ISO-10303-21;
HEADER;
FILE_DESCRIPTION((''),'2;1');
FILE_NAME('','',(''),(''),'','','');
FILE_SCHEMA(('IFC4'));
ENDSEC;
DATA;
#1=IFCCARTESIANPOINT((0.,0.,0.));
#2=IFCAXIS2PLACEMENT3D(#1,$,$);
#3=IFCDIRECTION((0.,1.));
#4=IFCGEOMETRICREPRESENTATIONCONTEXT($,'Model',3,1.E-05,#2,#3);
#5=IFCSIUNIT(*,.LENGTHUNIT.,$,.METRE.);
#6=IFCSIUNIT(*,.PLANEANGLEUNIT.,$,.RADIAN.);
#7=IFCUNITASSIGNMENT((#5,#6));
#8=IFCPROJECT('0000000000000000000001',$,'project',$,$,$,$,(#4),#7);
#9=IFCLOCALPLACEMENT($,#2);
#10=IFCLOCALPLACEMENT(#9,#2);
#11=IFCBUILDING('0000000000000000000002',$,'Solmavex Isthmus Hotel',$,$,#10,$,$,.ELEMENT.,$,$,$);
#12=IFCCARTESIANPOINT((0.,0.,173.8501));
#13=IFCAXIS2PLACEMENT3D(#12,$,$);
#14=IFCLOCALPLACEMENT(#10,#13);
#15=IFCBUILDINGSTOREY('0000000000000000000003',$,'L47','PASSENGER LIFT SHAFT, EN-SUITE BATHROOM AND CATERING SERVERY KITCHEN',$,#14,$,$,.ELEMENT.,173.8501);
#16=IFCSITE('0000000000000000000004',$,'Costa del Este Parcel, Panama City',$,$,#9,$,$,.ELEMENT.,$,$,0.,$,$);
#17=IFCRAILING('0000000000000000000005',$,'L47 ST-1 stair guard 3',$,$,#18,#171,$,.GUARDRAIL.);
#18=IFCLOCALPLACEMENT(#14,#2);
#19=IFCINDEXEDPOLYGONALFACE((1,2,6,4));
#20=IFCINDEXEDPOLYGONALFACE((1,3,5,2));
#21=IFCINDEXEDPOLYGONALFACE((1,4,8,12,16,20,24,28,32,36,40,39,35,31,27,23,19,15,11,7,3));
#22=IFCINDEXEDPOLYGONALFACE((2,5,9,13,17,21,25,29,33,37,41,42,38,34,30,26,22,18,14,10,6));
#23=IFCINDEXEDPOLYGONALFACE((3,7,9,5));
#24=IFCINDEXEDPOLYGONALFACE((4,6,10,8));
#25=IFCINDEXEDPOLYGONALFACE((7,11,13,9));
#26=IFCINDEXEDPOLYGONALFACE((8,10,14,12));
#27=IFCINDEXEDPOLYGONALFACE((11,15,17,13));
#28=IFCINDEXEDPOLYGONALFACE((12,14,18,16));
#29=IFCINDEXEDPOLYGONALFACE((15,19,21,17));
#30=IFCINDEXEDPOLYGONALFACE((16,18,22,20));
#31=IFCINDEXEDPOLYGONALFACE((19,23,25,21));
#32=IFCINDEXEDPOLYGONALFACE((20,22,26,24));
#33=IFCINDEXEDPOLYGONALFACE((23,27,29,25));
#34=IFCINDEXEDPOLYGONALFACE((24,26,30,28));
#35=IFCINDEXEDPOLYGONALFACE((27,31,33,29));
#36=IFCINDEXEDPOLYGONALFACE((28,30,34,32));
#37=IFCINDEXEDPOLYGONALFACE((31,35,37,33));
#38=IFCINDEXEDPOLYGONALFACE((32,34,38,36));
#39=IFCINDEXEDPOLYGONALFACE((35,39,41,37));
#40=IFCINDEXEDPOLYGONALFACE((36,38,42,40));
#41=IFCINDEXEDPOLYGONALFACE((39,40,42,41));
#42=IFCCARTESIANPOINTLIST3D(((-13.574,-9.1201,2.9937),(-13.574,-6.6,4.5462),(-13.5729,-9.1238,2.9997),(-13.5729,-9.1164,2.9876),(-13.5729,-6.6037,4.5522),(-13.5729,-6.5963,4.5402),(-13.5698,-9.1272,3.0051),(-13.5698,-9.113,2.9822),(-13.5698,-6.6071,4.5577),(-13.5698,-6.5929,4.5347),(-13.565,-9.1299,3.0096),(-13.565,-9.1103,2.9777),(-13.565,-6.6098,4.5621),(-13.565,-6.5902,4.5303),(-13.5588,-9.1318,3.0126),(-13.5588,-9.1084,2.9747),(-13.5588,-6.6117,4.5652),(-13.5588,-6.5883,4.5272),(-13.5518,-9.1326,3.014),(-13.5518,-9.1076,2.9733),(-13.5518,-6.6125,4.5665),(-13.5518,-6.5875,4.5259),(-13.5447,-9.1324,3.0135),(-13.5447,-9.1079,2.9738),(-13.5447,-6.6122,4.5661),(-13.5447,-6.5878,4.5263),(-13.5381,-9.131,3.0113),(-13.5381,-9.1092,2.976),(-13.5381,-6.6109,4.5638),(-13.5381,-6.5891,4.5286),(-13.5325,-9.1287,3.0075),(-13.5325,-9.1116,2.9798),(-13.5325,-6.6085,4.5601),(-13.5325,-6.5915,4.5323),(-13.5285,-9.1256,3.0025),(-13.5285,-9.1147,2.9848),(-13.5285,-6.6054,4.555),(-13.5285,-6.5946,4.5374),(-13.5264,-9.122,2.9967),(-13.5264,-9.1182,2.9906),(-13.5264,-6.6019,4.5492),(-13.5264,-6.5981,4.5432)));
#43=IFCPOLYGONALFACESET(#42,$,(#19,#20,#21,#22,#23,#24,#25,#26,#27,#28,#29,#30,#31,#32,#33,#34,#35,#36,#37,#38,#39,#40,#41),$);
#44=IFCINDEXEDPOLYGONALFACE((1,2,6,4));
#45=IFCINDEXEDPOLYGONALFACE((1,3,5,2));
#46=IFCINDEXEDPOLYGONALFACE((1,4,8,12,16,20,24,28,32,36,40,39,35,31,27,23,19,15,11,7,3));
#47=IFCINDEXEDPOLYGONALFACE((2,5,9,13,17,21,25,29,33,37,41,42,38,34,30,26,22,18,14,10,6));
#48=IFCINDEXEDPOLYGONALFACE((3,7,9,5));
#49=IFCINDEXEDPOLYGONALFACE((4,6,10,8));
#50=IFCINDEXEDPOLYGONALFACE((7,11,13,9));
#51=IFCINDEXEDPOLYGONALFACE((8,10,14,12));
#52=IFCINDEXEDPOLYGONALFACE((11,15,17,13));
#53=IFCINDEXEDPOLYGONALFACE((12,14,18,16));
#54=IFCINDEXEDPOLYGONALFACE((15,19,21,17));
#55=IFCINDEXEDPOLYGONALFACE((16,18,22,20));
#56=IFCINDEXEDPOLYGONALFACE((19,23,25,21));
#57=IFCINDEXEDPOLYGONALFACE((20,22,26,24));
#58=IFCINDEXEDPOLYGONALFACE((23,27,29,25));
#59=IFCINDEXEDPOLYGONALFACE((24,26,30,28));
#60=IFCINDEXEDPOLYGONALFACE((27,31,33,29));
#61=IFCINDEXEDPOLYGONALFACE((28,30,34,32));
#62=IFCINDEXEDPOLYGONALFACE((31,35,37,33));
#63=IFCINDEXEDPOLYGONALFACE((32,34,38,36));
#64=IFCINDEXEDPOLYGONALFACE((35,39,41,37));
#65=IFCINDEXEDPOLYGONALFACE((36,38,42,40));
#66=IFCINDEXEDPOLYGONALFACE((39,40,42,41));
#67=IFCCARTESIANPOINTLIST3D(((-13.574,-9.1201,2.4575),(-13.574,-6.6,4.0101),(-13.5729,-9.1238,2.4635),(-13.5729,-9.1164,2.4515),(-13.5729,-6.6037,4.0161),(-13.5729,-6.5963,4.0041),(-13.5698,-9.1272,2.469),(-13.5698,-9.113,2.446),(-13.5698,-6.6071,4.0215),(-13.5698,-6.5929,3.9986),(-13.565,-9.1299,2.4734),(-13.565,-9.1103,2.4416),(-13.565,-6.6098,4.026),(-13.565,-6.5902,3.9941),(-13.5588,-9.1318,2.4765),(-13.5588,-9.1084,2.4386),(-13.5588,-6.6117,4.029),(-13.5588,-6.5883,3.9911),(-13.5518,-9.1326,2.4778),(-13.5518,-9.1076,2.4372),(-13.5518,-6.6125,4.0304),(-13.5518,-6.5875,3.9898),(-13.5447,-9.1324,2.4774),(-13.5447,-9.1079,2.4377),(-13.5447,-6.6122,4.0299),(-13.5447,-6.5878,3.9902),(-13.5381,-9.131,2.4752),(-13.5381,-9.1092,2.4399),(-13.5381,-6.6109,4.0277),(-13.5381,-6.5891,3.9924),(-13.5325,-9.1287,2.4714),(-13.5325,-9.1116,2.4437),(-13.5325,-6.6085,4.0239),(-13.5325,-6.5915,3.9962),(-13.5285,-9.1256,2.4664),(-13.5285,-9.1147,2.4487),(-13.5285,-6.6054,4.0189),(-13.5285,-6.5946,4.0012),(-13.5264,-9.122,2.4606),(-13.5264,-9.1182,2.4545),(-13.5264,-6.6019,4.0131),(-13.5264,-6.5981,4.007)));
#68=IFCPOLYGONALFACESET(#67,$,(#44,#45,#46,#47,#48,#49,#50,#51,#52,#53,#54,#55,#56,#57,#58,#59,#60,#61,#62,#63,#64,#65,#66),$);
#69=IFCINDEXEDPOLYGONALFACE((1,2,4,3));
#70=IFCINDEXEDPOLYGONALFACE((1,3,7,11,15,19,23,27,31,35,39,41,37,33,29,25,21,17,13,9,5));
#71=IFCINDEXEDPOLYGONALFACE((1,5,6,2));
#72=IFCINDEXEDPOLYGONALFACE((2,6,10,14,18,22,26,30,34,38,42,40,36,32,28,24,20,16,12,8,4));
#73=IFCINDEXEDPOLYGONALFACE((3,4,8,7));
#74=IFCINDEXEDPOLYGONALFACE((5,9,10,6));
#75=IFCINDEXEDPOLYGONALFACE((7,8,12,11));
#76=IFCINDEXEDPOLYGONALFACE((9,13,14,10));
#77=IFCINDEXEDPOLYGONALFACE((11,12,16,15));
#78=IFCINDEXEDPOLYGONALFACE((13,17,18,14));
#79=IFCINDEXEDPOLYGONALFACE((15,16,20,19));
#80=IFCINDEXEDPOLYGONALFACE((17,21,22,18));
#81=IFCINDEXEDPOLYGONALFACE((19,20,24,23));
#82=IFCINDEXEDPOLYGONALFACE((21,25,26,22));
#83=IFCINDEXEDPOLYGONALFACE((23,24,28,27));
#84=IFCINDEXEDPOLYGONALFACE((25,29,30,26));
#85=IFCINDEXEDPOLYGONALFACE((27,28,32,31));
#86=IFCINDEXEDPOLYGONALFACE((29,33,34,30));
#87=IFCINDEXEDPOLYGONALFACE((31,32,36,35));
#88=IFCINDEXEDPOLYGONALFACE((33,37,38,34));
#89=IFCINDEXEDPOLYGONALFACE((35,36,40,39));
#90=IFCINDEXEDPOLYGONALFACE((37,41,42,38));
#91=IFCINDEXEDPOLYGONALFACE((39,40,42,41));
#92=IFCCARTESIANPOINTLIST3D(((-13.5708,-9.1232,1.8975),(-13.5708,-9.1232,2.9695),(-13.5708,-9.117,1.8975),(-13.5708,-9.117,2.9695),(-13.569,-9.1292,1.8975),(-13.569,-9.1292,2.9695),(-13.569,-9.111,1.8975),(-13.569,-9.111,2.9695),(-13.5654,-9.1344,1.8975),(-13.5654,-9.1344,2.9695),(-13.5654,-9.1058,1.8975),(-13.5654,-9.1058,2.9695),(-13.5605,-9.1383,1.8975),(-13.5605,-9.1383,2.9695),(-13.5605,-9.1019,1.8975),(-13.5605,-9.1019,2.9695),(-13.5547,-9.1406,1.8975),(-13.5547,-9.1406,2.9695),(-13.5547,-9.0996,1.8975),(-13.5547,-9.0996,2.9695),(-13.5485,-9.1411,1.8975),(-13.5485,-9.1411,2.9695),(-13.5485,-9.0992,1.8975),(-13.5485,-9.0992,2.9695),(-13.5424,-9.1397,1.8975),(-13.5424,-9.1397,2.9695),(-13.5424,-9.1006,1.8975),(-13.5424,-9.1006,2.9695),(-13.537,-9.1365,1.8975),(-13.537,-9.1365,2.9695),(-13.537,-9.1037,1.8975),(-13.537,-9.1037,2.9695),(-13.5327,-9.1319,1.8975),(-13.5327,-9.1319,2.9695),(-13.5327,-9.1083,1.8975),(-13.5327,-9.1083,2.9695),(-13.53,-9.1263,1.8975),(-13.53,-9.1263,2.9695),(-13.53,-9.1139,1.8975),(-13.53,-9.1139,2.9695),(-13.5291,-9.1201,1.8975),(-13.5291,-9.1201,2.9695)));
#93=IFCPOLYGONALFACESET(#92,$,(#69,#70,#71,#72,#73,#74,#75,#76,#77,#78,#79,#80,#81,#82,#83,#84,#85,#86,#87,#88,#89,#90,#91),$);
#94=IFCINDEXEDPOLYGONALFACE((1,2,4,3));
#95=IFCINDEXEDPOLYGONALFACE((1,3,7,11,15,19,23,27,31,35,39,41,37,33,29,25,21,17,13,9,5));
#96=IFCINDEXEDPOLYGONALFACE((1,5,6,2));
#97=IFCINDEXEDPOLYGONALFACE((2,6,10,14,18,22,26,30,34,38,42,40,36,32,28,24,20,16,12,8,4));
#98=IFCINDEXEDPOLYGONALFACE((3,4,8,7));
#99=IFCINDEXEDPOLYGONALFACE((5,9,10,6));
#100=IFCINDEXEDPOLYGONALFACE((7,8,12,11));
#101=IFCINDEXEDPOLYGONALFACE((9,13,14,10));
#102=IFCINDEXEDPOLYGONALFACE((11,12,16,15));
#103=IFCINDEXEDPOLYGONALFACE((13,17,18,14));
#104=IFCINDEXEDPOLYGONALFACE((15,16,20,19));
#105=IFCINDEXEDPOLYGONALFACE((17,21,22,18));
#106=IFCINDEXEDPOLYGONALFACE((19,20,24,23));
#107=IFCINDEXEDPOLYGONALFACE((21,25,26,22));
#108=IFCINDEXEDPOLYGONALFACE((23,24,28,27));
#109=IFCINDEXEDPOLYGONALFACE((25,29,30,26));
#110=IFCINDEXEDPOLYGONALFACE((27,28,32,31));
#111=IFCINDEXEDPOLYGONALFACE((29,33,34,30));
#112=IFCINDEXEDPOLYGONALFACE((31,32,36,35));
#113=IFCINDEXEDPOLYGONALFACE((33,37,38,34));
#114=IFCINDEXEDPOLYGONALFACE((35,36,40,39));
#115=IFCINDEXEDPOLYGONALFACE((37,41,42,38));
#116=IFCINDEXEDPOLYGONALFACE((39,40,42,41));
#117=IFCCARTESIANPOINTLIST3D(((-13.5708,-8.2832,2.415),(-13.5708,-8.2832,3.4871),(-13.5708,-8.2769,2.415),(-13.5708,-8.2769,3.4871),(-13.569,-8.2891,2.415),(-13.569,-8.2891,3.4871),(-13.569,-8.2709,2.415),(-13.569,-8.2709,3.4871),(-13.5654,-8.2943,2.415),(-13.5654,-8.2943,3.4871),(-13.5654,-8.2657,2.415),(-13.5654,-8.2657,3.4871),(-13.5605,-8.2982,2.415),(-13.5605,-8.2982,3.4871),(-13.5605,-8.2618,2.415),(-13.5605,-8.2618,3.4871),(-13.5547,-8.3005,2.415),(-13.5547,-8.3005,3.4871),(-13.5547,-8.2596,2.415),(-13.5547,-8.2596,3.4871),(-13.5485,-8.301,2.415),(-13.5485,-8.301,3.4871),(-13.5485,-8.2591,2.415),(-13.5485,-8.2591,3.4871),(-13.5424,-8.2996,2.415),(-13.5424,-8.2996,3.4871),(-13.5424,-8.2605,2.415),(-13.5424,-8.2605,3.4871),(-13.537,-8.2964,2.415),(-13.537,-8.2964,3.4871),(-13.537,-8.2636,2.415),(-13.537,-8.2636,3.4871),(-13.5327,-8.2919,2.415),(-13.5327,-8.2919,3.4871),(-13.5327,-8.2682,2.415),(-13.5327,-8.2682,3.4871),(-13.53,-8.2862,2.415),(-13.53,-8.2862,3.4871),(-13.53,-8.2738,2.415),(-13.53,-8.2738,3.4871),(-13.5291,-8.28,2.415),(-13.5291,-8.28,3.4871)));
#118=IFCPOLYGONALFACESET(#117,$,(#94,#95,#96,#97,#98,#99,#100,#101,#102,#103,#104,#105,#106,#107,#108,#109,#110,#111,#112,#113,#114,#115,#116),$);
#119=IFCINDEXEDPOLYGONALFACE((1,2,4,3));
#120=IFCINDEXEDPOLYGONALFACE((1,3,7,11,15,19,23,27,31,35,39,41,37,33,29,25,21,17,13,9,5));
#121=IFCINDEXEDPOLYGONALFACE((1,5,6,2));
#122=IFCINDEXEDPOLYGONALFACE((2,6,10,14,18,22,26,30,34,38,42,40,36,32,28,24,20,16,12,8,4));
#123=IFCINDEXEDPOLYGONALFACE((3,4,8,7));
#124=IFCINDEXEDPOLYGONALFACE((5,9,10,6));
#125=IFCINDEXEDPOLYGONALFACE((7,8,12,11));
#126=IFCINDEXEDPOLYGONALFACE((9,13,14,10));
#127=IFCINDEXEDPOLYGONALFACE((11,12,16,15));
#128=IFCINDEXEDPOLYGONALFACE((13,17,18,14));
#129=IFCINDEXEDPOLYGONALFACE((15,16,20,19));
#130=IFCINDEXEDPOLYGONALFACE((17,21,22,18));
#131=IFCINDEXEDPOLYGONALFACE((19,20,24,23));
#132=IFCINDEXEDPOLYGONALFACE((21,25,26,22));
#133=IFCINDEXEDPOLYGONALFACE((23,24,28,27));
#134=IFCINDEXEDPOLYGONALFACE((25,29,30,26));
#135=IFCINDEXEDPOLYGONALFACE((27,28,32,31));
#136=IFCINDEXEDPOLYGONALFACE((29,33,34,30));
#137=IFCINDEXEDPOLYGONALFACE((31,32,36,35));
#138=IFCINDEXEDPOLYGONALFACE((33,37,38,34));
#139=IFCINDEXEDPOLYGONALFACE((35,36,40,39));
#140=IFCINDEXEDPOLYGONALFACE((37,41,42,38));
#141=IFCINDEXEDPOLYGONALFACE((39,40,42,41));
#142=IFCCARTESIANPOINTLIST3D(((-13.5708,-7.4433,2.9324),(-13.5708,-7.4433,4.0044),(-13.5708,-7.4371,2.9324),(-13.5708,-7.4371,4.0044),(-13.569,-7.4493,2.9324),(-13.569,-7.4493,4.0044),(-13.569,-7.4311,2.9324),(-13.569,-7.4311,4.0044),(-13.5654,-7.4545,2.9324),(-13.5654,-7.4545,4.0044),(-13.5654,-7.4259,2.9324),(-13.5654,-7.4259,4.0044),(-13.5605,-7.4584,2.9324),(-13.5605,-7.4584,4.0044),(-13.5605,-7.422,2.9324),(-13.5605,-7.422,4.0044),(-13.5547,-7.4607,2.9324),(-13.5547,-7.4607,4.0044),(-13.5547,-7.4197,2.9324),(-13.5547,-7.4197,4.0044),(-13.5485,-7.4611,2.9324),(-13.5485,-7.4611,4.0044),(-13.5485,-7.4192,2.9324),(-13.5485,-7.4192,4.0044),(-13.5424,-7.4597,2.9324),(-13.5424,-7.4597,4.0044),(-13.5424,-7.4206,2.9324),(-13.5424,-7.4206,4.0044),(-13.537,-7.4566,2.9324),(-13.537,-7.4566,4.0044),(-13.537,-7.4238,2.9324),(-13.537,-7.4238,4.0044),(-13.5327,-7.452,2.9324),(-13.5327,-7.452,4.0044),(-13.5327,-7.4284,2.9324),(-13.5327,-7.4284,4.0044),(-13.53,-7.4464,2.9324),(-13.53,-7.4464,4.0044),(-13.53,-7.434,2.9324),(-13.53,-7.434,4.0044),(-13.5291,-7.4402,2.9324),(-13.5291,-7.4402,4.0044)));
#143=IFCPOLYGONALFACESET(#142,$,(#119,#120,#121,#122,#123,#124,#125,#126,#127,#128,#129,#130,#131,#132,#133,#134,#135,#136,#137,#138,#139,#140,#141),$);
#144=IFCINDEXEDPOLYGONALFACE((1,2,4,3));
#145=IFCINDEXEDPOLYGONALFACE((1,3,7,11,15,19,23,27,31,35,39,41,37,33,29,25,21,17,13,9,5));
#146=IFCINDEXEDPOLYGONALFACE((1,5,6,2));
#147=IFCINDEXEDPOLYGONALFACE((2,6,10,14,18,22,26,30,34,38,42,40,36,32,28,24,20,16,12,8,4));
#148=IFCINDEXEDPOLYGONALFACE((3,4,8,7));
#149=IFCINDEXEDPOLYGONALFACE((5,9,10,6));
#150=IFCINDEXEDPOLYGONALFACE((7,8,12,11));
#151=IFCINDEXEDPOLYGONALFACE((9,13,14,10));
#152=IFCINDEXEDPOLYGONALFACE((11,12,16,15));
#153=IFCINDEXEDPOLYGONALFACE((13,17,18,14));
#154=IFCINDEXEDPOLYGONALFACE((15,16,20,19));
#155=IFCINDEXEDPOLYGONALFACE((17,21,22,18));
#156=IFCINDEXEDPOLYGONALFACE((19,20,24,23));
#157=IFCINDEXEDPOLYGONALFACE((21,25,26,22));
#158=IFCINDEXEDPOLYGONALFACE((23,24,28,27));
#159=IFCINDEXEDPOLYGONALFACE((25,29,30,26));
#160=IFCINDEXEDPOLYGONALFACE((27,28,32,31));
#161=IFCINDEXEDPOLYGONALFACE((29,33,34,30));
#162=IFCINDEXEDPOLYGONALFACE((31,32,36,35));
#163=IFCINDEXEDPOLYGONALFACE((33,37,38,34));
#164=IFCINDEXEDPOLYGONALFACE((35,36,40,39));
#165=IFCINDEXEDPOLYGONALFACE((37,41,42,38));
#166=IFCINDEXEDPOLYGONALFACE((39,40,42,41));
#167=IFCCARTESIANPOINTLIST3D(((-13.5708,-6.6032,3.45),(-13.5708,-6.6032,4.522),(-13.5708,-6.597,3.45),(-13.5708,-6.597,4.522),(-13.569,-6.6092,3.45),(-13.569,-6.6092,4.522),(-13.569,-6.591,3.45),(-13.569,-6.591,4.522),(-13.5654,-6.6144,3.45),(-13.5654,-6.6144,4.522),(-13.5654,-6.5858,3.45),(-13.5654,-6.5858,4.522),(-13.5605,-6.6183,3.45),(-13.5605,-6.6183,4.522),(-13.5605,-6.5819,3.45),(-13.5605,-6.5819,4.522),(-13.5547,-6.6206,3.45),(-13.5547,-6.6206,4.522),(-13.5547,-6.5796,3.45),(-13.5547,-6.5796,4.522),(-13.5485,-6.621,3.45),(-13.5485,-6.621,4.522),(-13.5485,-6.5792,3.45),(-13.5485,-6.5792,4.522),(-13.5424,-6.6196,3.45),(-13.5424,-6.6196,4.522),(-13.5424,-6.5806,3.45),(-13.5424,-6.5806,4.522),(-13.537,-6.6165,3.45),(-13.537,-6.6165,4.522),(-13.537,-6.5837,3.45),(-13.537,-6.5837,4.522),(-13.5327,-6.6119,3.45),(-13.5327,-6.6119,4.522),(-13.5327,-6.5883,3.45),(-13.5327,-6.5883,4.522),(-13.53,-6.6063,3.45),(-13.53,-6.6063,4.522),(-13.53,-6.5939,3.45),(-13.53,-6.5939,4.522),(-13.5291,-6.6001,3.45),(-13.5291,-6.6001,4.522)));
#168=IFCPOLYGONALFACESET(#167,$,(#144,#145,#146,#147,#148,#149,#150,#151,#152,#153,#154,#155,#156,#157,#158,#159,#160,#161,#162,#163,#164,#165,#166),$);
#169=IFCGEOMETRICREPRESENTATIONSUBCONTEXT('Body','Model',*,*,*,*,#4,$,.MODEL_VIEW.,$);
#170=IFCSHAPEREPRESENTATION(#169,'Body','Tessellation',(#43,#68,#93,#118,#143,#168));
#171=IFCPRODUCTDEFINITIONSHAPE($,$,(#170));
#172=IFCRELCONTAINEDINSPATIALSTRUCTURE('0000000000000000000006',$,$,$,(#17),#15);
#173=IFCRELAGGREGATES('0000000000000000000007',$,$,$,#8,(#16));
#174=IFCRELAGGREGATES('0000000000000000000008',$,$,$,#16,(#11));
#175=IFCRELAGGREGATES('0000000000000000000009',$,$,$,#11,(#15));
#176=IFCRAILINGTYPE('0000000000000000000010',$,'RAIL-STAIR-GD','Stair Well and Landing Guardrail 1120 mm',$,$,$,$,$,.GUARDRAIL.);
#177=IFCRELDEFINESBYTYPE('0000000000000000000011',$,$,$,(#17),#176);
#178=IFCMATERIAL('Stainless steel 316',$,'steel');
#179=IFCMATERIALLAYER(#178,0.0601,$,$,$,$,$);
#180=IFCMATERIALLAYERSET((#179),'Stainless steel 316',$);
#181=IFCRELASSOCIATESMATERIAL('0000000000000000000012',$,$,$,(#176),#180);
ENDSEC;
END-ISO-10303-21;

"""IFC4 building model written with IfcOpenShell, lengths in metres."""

from ifc_helpers import new_model, si_unit, direction, frame, origin, origin_2d, place, context, subcontext, project, spatial, circle, extrude, material, layer, layer_set, type_object, element, save


model = new_model("IFC4")

# Units and contexts
model_context = context("Model", 3, precision=1e-05, world=origin(), true_north=direction((0.0, 1.0)))
body_context = subcontext(model_context, "Body", "Model", "MODEL_VIEW")
ifc_project = project(units=[si_unit("LENGTHUNIT", "METRE"), si_unit("PLANEANGLEUNIT", "RADIAN")], contexts=[model_context])

# Site, building, storey
site_placement = place(None, origin())
site = spatial("IfcSite", under=ifc_project, at=site_placement, Name="Costa del Este Parcel, Panama City", CompositionType="ELEMENT", RefElevation=0.0)
building_placement = place(site_placement, origin())
building = spatial("IfcBuilding", under=site, at=building_placement, Name="Solmavex Isthmus Hotel", CompositionType="ELEMENT")
storey_placement = place(building_placement, frame((0.0, 0.0, 173.8501)))
storey = spatial("IfcBuildingStorey", under=building, at=storey_placement, Name="L47", Description="PASSENGER LIFT SHAFT, EN-SUITE BATHROOM AND CATERING SERVERY KITCHEN", CompositionType="ELEMENT", Elevation=173.8501)

# Railing
ifc_material_1 = material(Name="Stainless steel 316", Category="steel")
ifc_layer_1 = layer(ifc_material_1, 0.0601)
ifc_layer_set_1 = layer_set([ifc_layer_1], Name="Stainless steel 316")
railing_type = type_object("IfcRailingType", Name="RAIL-STAIR-GD", Description="Stair Well and Landing Guardrail 1120 mm", PredefinedType="GUARDRAIL", material=ifc_layer_set_1)
railing_1_placement = place(storey_placement, frame((-13.55, -9.1201, 1.8975)))
element("IfcRailing", 1, at=railing_1_placement, inside=storey, type_object=railing_type, Name="L47 ST-1 stair guard 3", PredefinedType="GUARDRAIL", context=body_context, shape_type="SweptSolid", body=[
    extrude(circle(Radius=0.0239, at=origin_2d()), frame((0.0, 0.0, 1.0962), z_axis=(0.0, 0.8514, 0.524516), x_axis=(-1.0, 0.0, 0.0)), (0.0, 0.0, 1.0), 2.96),
    extrude(circle(Radius=0.0239, at=origin_2d()), frame((0.0, 0.0, 0.5601), z_axis=(0.0, 0.8514, 0.524516), x_axis=(-1.0, 0.0, 0.0)), (0.0, 0.0, 1.0), 2.96),
    extrude(circle(Radius=0.021, at=origin_2d()), origin(), (0.0, 0.0, 1.0), 1.072),
    extrude(circle(Radius=0.021, at=origin_2d()), frame((0.0, 0.8401, 0.5176)), (0.0, 0.0, 1.0), 1.072),
    extrude(circle(Radius=0.021, at=origin_2d()), frame((0.0, 1.6799, 1.0349)), (0.0, 0.0, 1.0), 1.072),
    extrude(circle(Radius=0.021, at=origin_2d()), frame((0.0, 2.52, 1.5525)), (0.0, 0.0, 1.0), 1.072),
])

save(model, "model.ifc")
